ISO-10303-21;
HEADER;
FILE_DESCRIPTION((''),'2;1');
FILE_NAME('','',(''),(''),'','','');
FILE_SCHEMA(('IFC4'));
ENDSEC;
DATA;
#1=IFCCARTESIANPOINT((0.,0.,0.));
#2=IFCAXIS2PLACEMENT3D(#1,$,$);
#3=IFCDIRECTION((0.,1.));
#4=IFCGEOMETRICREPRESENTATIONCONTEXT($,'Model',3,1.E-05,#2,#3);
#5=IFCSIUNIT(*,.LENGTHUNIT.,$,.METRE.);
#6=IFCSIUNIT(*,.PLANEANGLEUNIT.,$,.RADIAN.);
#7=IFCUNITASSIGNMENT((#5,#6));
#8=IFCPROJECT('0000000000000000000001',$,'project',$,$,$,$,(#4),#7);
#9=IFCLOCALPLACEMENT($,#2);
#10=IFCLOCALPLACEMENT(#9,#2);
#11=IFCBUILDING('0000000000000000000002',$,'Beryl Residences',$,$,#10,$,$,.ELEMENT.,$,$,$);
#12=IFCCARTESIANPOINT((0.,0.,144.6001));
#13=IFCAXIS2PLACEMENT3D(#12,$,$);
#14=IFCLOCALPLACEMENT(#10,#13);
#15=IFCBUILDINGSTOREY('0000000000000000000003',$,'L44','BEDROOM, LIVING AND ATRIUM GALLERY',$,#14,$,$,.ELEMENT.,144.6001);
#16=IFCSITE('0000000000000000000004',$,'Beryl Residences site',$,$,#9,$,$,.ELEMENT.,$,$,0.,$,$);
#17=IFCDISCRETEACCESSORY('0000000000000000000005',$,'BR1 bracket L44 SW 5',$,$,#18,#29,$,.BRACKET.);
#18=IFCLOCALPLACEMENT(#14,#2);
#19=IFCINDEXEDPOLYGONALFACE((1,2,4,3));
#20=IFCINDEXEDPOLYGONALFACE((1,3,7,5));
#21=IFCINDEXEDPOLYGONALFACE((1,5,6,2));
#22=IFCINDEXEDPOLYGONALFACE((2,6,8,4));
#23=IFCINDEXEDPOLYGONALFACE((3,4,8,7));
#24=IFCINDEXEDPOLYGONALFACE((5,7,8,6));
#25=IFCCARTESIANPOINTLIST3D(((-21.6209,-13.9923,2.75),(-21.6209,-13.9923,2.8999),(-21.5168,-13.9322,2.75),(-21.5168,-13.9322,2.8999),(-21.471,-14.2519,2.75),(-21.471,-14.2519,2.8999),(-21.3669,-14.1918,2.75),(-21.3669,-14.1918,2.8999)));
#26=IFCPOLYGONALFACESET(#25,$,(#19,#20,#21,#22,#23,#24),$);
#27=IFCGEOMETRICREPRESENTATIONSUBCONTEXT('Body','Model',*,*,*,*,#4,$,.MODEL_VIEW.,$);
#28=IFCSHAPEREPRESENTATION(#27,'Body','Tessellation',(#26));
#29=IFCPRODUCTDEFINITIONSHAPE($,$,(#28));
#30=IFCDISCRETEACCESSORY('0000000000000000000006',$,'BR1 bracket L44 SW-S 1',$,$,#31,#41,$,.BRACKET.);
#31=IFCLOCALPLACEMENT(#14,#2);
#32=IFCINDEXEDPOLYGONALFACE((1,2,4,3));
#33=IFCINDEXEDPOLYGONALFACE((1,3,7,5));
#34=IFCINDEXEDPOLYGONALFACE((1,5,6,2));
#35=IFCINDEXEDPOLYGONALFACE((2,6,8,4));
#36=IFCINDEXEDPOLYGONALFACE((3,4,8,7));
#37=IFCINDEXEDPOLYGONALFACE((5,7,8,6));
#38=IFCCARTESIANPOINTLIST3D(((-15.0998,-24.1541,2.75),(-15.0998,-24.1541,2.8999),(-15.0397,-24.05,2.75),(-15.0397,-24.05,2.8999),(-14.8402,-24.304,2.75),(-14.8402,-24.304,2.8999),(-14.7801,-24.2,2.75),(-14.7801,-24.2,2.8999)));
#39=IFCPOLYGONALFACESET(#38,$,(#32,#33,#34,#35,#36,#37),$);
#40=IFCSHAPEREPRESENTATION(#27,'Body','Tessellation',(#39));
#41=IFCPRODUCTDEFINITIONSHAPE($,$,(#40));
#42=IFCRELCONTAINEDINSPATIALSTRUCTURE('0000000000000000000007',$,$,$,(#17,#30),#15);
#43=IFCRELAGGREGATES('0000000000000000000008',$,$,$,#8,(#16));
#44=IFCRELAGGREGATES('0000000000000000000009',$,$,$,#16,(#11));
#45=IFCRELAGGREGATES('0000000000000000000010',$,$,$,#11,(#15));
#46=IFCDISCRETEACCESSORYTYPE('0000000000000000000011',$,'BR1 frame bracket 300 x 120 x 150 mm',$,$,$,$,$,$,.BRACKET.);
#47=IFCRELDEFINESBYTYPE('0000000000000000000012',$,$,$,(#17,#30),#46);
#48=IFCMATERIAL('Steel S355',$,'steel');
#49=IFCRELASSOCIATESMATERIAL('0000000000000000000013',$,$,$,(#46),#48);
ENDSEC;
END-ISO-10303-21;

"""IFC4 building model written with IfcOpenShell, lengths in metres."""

from ifc_helpers import new_model, si_unit, direction, frame, origin, place, context, subcontext, project, spatial, polyline, outline, extrude, source, transform, mapped, material, type_object, type_shapes, element, save


model = new_model("IFC4")

# Units and contexts
model_context = context("Model", 3, precision=1e-05, world=origin(), true_north=direction((0.0, 1.0)))
body_context = subcontext(model_context, "Body", "Model", "MODEL_VIEW")
ifc_project = project(units=[si_unit("LENGTHUNIT", "METRE"), si_unit("PLANEANGLEUNIT", "RADIAN")], contexts=[model_context])

# Site, building, storey
site_placement = place(None, origin())
site = spatial("IfcSite", under=ifc_project, at=site_placement, Name="Beryl Residences site", CompositionType="ELEMENT", RefElevation=0.0)
building_placement = place(site_placement, origin())
building = spatial("IfcBuilding", under=site, at=building_placement, Name="Beryl Residences", CompositionType="ELEMENT")
storey_placement = place(building_placement, frame((0.0, 0.0, 144.6001)))
storey = spatial("IfcBuildingStorey", under=building, at=storey_placement, Name="L44", Description="BEDROOM, LIVING AND ATRIUM GALLERY", CompositionType="ELEMENT", Elevation=144.6001)

# Discrete accessories
ifc_material_1 = material(Name="Steel S355", Category="steel")
discrete_accessory_type = type_object("IfcDiscreteAccessoryType", Name="BR1 frame bracket 300 x 120 x 150 mm", PredefinedType="BRACKET", material=ifc_material_1)
shared_shape_1 = source(origin(), body_context, "Body", "SweptSolid", [
    extrude(outline(polyline([(-0.1499, 0.0), (0.1499, 0.0), (0.1499, 0.1201), (-0.1499, 0.1201), (-0.1499, 0.0)])), origin(), (0.0, 0.0, 1.0), 0.1499),
])
type_shapes(discrete_accessory_type, [shared_shape_1])
for number, where, z_axis, x_axis, name in (
    (1, (-21.4419, -14.062, 2.75), (0.0, 0.0, 1.0), (-0.5, 0.866025, 0.0), "BR1 bracket L44 SW 5"),
    (2, (-14.9099, -24.125, 2.75), (0.0, 0.0, 1.0), (-0.866025, 0.5, 0.0), "BR1 bracket L44 SW-S 1"),
):
    element("IfcDiscreteAccessory", number, at=place(storey_placement, frame(where, z_axis=z_axis, x_axis=x_axis)), inside=storey, type_object=discrete_accessory_type, Name=name, PredefinedType="BRACKET", context=body_context, shape_type="MappedRepresentation", body=[
        mapped(shared_shape_1, transform((0.0, 0.0, 0.0))),
    ])

save(model, "model.ifc")
